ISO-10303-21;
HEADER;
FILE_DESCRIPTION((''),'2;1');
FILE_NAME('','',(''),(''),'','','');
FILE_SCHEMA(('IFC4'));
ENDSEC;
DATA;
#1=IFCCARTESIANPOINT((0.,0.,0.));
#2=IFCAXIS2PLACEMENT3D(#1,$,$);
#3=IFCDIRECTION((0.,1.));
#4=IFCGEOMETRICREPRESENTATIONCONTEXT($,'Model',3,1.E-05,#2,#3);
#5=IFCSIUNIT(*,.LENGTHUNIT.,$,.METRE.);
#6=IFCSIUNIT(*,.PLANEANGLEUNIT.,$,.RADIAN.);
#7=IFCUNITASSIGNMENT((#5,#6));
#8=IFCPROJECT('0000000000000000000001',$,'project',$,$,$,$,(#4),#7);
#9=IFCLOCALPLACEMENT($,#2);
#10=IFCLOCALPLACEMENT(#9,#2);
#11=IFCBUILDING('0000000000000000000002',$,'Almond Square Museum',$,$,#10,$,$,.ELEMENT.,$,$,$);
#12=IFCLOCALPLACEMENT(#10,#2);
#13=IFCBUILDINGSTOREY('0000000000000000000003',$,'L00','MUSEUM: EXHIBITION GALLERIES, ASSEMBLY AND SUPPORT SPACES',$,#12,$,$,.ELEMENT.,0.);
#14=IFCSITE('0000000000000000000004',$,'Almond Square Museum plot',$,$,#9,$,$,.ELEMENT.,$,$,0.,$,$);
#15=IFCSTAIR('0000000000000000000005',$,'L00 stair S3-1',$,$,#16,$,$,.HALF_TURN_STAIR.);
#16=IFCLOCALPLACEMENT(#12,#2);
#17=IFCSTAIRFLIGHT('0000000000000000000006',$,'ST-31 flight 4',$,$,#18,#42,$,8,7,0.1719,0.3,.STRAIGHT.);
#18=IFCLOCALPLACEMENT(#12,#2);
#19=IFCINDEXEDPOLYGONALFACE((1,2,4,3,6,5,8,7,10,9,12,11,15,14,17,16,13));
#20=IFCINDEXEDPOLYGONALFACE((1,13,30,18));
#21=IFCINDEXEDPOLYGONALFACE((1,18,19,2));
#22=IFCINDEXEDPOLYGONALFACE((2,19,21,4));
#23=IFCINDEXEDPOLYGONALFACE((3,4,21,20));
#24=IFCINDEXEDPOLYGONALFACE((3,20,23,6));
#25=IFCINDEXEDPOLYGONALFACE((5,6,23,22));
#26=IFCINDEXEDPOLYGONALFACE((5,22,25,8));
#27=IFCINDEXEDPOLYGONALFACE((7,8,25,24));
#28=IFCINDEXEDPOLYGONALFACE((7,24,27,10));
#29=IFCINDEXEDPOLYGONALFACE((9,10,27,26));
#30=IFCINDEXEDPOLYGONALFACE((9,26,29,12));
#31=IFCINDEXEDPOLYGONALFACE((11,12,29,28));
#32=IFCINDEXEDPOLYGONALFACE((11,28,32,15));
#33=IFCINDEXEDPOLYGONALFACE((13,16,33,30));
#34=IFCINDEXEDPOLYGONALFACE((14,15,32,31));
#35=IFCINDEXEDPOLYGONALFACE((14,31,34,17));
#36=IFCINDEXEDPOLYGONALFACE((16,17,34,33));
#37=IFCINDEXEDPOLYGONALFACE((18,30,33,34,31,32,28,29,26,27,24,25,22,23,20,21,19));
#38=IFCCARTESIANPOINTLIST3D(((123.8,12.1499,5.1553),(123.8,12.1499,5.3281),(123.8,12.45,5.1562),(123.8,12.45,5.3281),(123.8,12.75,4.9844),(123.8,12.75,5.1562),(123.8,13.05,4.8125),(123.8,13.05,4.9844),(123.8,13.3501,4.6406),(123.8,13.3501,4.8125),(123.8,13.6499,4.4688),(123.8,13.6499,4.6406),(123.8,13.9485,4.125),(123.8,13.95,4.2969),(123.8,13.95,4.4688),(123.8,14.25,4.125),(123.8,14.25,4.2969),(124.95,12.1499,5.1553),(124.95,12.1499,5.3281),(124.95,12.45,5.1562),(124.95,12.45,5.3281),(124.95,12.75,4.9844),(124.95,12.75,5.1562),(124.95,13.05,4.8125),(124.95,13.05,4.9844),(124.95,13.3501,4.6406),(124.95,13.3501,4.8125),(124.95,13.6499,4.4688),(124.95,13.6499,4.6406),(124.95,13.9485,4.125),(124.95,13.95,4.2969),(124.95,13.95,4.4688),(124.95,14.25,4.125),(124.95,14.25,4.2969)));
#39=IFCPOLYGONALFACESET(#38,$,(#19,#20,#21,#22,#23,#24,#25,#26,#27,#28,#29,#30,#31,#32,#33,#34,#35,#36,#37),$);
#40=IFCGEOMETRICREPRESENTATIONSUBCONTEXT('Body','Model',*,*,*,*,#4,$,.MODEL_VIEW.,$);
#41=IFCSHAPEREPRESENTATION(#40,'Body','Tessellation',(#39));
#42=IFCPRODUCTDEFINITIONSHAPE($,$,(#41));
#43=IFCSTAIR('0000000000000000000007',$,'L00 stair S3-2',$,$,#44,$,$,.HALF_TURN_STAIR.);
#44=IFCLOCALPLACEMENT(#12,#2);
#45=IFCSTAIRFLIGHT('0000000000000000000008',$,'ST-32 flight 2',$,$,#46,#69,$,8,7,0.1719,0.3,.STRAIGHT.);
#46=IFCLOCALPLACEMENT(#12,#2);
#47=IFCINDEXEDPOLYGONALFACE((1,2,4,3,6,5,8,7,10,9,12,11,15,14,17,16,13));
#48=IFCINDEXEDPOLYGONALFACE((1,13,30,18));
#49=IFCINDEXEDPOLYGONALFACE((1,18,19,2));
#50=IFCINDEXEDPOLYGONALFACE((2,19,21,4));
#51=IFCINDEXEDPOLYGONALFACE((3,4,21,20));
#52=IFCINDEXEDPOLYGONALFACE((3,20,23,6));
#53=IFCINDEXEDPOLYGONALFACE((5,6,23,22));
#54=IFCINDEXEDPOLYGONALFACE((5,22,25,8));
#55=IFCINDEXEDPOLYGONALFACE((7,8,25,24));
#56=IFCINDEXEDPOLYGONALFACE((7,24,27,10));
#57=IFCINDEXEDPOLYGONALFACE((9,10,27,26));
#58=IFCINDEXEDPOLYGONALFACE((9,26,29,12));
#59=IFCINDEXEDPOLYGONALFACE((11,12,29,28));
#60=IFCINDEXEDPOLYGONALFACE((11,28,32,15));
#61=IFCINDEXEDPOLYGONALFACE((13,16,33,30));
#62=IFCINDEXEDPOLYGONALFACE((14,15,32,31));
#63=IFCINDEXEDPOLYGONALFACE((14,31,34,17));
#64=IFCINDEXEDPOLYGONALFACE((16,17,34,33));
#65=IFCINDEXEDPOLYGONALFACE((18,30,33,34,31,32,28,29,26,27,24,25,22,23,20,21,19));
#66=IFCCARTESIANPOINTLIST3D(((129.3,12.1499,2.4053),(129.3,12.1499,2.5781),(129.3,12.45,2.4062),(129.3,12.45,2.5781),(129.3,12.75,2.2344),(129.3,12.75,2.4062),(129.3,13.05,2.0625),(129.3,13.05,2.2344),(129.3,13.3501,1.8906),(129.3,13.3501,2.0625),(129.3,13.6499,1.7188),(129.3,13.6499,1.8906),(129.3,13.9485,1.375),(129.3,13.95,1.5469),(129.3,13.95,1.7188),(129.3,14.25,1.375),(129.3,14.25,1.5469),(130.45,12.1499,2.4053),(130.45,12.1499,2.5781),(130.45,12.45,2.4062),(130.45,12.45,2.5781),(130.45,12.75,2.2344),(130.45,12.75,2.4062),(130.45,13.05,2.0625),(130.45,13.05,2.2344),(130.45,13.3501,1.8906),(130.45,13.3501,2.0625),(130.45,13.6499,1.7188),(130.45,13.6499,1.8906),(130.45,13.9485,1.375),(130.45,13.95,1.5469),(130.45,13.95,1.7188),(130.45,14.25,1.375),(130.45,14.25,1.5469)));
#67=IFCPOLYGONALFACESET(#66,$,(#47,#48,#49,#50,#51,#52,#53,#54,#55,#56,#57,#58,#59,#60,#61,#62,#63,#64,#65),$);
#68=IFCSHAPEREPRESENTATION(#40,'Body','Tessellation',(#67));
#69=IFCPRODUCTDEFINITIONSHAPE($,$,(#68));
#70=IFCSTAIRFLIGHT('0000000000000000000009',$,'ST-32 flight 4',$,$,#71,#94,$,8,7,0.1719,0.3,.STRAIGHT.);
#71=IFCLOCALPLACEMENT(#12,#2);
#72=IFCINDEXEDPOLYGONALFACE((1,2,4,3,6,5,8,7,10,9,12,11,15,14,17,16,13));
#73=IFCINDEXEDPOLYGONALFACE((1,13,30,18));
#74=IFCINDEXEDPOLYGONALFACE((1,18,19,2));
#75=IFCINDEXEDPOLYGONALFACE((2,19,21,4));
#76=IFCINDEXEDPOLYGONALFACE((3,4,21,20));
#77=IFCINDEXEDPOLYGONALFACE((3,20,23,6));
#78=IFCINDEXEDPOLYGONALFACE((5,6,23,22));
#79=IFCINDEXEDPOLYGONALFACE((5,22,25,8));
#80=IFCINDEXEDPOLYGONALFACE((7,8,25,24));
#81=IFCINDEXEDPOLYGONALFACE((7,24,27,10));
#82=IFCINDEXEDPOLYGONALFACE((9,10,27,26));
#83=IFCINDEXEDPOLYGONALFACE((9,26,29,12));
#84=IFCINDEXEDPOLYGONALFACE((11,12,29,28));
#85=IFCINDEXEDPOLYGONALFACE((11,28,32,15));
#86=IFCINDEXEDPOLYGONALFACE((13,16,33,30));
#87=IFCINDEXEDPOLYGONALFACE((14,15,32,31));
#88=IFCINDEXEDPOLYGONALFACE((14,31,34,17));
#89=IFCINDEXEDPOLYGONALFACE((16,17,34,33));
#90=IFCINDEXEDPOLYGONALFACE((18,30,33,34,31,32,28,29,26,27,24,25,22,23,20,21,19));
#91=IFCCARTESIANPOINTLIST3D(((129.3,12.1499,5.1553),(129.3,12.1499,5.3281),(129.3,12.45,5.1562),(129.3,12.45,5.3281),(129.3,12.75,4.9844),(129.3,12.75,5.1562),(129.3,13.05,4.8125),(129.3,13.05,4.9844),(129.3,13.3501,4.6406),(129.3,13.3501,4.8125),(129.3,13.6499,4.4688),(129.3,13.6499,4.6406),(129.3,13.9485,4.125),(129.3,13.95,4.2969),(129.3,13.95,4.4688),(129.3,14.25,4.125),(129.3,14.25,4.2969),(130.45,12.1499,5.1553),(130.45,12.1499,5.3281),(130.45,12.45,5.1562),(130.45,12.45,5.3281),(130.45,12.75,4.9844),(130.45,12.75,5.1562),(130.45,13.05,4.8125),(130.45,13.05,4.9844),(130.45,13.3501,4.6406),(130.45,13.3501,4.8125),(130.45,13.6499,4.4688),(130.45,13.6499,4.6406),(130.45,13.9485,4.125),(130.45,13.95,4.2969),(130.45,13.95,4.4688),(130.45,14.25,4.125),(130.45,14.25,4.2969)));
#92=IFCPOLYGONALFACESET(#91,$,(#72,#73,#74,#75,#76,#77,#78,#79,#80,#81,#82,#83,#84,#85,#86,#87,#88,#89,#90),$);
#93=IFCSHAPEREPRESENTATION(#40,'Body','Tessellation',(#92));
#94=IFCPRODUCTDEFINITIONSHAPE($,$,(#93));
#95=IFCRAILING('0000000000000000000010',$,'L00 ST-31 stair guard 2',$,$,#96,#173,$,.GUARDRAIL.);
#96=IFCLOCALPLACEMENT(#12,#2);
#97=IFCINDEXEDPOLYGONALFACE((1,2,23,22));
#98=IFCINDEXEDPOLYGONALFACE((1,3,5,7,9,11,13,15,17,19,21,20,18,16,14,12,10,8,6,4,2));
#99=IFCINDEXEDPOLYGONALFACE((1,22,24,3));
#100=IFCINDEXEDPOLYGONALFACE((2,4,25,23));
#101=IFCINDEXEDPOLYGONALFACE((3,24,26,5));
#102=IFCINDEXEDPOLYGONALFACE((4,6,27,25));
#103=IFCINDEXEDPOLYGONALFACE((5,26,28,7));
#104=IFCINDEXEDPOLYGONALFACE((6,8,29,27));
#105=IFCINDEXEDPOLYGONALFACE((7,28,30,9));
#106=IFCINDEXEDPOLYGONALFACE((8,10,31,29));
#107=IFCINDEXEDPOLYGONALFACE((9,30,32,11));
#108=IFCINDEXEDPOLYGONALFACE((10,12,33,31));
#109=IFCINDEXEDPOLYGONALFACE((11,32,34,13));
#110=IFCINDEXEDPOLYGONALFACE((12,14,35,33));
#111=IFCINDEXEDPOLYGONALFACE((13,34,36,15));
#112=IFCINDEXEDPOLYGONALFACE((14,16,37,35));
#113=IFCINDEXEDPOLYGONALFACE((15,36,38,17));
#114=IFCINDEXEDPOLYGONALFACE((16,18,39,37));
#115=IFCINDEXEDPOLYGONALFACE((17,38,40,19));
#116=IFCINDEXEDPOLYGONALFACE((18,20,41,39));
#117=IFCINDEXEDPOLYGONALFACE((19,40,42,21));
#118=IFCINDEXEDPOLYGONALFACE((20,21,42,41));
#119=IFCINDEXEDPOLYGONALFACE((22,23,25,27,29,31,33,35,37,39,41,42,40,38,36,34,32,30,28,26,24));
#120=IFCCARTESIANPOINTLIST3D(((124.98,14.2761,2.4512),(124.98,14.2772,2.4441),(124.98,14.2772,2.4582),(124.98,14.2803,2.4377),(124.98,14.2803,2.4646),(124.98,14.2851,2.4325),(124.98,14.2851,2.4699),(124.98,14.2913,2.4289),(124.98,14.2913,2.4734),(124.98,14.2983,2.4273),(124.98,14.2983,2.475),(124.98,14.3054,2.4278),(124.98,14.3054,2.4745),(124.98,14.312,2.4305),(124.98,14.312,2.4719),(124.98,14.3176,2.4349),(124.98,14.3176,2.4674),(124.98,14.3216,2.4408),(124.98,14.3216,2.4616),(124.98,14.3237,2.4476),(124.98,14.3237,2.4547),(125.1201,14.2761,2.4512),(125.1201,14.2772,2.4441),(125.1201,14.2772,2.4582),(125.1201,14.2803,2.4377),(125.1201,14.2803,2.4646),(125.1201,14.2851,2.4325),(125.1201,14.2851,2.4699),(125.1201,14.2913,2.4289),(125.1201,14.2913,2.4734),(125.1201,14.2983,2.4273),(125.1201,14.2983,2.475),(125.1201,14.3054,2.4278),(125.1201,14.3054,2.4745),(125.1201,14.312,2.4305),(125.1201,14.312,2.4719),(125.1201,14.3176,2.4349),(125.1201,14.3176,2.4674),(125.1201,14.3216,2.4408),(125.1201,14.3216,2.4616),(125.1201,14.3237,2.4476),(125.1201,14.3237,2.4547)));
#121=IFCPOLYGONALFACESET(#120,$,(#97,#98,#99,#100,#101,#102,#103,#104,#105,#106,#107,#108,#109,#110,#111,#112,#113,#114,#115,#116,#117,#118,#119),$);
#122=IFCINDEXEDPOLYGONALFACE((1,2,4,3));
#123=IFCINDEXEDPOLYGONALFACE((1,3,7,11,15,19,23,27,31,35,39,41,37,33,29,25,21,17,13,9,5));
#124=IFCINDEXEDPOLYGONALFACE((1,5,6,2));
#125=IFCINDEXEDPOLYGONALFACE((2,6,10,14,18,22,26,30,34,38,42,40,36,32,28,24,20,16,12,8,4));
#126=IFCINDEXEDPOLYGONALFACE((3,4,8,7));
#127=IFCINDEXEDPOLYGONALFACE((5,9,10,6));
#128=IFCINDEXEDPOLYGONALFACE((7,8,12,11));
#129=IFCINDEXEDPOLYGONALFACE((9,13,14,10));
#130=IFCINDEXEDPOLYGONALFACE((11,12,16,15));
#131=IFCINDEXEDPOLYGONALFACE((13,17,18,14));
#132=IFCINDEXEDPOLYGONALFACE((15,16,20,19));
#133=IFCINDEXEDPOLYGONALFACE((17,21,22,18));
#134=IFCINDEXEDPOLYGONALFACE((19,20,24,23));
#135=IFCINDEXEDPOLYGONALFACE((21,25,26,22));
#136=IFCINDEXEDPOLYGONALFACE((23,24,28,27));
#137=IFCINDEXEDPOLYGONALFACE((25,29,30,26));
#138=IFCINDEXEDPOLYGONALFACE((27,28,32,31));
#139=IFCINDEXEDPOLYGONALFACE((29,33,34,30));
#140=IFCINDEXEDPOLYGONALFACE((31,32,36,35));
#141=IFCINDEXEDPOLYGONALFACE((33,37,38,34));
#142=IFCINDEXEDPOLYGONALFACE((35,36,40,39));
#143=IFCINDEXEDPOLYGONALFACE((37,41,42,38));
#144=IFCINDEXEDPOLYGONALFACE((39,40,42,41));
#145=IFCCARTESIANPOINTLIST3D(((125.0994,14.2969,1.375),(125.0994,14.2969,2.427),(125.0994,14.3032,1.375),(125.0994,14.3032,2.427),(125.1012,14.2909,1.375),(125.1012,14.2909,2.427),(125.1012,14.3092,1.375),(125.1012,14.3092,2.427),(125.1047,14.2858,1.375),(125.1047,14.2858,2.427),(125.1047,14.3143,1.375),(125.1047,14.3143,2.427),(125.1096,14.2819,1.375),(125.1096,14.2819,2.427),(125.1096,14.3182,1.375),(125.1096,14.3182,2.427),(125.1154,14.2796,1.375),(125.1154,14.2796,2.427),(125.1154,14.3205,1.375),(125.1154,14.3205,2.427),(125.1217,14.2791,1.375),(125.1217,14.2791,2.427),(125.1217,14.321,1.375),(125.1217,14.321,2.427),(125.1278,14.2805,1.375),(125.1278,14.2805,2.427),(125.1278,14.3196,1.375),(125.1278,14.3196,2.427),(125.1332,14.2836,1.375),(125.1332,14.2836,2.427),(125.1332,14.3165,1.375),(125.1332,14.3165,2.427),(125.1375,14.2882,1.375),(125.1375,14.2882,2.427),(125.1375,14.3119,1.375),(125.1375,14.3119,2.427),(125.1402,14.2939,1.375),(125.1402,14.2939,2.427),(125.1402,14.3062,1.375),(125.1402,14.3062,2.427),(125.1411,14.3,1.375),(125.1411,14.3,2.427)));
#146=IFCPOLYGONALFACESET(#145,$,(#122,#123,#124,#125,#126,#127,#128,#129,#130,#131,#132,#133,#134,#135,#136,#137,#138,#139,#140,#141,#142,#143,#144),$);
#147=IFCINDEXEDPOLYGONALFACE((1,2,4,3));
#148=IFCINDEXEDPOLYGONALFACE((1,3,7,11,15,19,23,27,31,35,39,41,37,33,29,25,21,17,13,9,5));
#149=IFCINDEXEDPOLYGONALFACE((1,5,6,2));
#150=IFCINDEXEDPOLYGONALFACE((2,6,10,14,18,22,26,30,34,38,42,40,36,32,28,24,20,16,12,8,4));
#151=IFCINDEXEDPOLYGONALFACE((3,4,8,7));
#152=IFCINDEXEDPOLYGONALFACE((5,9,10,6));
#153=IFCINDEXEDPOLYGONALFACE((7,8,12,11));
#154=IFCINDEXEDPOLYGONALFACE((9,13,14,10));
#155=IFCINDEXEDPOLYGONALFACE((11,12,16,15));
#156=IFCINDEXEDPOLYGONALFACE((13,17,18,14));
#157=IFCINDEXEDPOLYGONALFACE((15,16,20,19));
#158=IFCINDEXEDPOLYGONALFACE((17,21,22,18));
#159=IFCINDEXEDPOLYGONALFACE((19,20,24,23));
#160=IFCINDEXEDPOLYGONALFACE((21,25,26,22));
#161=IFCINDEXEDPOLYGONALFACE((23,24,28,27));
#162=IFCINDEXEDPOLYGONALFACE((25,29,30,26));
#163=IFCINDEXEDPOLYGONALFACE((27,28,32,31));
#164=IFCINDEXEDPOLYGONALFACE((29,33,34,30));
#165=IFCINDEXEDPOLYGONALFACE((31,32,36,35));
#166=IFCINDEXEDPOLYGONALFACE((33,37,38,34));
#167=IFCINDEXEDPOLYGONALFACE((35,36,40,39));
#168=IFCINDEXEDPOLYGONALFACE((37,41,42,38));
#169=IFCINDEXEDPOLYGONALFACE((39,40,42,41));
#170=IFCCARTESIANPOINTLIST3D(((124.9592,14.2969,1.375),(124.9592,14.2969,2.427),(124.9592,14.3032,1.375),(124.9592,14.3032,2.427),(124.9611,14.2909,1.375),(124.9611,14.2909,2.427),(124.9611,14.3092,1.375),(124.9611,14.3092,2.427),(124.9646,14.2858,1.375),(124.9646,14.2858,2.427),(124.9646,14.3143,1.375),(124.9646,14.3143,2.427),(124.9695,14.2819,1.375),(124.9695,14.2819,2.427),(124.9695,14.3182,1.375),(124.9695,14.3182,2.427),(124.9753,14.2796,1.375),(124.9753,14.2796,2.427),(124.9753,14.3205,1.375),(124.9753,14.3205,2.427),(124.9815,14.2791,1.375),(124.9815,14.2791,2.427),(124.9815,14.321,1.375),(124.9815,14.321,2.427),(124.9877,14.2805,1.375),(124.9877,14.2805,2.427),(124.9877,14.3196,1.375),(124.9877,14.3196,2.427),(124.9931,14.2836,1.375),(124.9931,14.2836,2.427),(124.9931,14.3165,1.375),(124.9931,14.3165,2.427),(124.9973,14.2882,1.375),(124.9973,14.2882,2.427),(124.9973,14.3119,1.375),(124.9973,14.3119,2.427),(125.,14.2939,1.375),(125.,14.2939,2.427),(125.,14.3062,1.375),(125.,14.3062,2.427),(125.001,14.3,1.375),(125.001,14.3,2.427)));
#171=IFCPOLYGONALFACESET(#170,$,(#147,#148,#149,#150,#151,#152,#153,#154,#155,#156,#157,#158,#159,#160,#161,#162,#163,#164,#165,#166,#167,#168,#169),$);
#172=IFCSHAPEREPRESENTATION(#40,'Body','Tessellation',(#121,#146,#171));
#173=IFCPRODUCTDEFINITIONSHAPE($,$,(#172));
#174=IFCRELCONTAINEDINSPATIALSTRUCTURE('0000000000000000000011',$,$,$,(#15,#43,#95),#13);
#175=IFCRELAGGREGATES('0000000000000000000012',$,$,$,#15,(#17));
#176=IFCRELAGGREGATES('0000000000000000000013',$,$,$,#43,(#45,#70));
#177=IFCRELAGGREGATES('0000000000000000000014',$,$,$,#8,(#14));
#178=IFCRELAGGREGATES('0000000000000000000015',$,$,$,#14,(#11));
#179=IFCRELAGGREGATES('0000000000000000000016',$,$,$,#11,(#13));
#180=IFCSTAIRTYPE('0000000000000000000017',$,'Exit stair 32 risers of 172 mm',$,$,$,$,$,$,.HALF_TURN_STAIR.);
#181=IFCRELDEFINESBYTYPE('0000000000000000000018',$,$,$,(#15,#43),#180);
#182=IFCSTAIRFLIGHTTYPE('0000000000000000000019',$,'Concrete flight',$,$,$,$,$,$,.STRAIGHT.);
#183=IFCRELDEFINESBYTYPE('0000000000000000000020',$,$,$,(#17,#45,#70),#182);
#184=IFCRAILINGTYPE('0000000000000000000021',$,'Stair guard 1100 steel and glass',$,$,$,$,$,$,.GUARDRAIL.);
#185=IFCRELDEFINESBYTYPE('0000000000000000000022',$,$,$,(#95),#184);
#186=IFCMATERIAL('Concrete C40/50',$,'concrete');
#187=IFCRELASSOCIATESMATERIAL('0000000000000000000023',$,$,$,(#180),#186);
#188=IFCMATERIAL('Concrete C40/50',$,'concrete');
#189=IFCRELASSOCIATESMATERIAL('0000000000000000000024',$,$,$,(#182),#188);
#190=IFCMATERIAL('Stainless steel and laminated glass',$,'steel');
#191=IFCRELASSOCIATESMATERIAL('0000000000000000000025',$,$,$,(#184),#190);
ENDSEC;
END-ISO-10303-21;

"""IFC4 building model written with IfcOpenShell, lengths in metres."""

from ifc_helpers import new_model, si_unit, direction, frame, origin, origin_2d, place, context, subcontext, project, spatial, polyline, circle, outline, extrude, material, type_object, element, aggregate, save


model = new_model("IFC4")

# Units and contexts
model_context = context("Model", 3, precision=1e-05, world=origin(), true_north=direction((0.0, 1.0)))
body_context = subcontext(model_context, "Body", "Model", "MODEL_VIEW")
ifc_project = project(units=[si_unit("LENGTHUNIT", "METRE"), si_unit("PLANEANGLEUNIT", "RADIAN")], contexts=[model_context])

# Site, building, storey
site_placement = place(None, origin())
site = spatial("IfcSite", under=ifc_project, at=site_placement, Name="Almond Square Museum plot", CompositionType="ELEMENT", RefElevation=0.0)
building_placement = place(site_placement, origin())
building = spatial("IfcBuilding", under=site, at=building_placement, Name="Almond Square Museum", CompositionType="ELEMENT")
storey_placement = place(building_placement, origin())
storey = spatial("IfcBuildingStorey", under=building, at=storey_placement, Name="L00", Description="MUSEUM: EXHIBITION GALLERIES, ASSEMBLY AND SUPPORT SPACES", CompositionType="ELEMENT", Elevation=0.0)

# Stairs, stair flights
ifc_material_1 = material(Name="Concrete C40/50", Category="concrete")
stair_type = type_object("IfcStairType", Name="Exit stair 32 risers of 172 mm", PredefinedType="HALF_TURN_STAIR", material=ifc_material_1)
stair_1_placement = place(storey_placement, origin())
stair_1 = element("IfcStair", 1, at=stair_1_placement, inside=storey, type_object=stair_type, Name="L00 stair S3-1", PredefinedType="HALF_TURN_STAIR")
ifc_material_2 = material(Name="Concrete C40/50", Category="concrete")
stair_flight_type = type_object("IfcStairFlightType", Name="Concrete flight", PredefinedType="STRAIGHT", material=ifc_material_2)
stair_flight_1_placement = place(storey_placement, frame((124.375, 14.25, 4.125), z_axis=(0.0, 0.0, 1.0), x_axis=(0.0, -1.0, 0.0)))
stair_flight_1 = element("IfcStairFlight", 2, at=stair_flight_1_placement, type_object=stair_flight_type, Name="ST-31 flight 4", NumberOfRisers=8, NumberOfTreads=7, PredefinedType="STRAIGHT", RiserHeight=0.1719, TreadLength=0.3, context=body_context, shape_type="SweptSolid", body=[
    extrude(outline(polyline([(0.0, 0.0), (0.0, 0.1719), (0.3, 0.1719), (0.3, 0.3438), (0.6001, 0.3438), (0.6001, 0.5156), (0.8999, 0.5156), (0.8999, 0.6875), (1.2, 0.6875), (1.2, 0.8594), (1.5, 0.8594), (1.5, 1.0312), (1.8, 1.0312), (1.8, 1.2031), (2.1001, 1.2031), (2.1001, 1.375), (2.1001, 1.0303), (0.3015, 0.0), (0.0, 0.0)])), frame((0.0, 0.575, 0.0), z_axis=(0.0, -1.0, 0.0), x_axis=(1.0, 0.0, 0.0)), (0.0, 0.0, 1.0), 1.1499),
])
aggregate(stair_1, [stair_flight_1])
stair_2_placement = place(storey_placement, origin())
stair_2 = element("IfcStair", 3, at=stair_2_placement, inside=storey, type_object=stair_type, Name="L00 stair S3-2", PredefinedType="HALF_TURN_STAIR")
stair_flight_2_placement = place(storey_placement, frame((129.875, 14.25, 1.375), z_axis=(0.0, 0.0, 1.0), x_axis=(0.0, -1.0, 0.0)))
stair_flight_2 = element("IfcStairFlight", 4, at=stair_flight_2_placement, type_object=stair_flight_type, Name="ST-32 flight 2", NumberOfRisers=8, NumberOfTreads=7, PredefinedType="STRAIGHT", RiserHeight=0.1719, TreadLength=0.3, context=body_context, shape_type="SweptSolid", body=[
    extrude(outline(polyline([(0.0, 0.0), (0.0, 0.1719), (0.3, 0.1719), (0.3, 0.3438), (0.6001, 0.3438), (0.6001, 0.5156), (0.8999, 0.5156), (0.8999, 0.6875), (1.2, 0.6875), (1.2, 0.8594), (1.5, 0.8594), (1.5, 1.0312), (1.8, 1.0312), (1.8, 1.2031), (2.1001, 1.2031), (2.1001, 1.375), (2.1001, 1.0303), (0.3015, 0.0), (0.0, 0.0)])), frame((0.0, 0.575, 0.0), z_axis=(0.0, -1.0, 0.0), x_axis=(1.0, 0.0, 0.0)), (0.0, 0.0, 1.0), 1.1499),
])
stair_flight_3_placement = place(storey_placement, frame((129.875, 14.25, 4.125), z_axis=(0.0, 0.0, 1.0), x_axis=(0.0, -1.0, 0.0)))
stair_flight_3 = element("IfcStairFlight", 5, at=stair_flight_3_placement, type_object=stair_flight_type, Name="ST-32 flight 4", NumberOfRisers=8, NumberOfTreads=7, PredefinedType="STRAIGHT", RiserHeight=0.1719, TreadLength=0.3, context=body_context, shape_type="SweptSolid", body=[
    extrude(outline(polyline([(0.0, 0.0), (0.0, 0.1719), (0.3, 0.1719), (0.3, 0.3438), (0.6001, 0.3438), (0.6001, 0.5156), (0.8999, 0.5156), (0.8999, 0.6875), (1.2, 0.6875), (1.2, 0.8594), (1.5, 0.8594), (1.5, 1.0312), (1.8, 1.0312), (1.8, 1.2031), (2.1001, 1.2031), (2.1001, 1.375), (2.1001, 1.0303), (0.3015, 0.0), (0.0, 0.0)])), frame((0.0, 0.575, 0.0), z_axis=(0.0, -1.0, 0.0), x_axis=(1.0, 0.0, 0.0)), (0.0, 0.0, 1.0), 1.1499),
])
aggregate(stair_2, [stair_flight_2, stair_flight_3])

# Railing
ifc_material_3 = material(Name="Stainless steel and laminated glass", Category="steel")
railing_type_1 = type_object("IfcRailingType", Name="Stair guard 1100 steel and glass", PredefinedType="GUARDRAIL", material=ifc_material_3)
railing_1_placement = place(storey_placement, frame((125.1201, 14.3, 1.375)))
element("IfcRailing", 6, at=railing_1_placement, inside=storey, type_object=railing_type_1, Name="L00 ST-31 stair guard 2", PredefinedType="GUARDRAIL", context=body_context, shape_type="SweptSolid", body=[
    extrude(circle(Radius=0.0239, at=origin_2d()), frame((0.0, 0.0, 1.0762), z_axis=(-1.0, 0.0, 0.0), x_axis=(0.0, -1.0, 0.0)), (0.0, 0.0, 1.0), 0.1401),
    extrude(circle(Radius=0.021, at=origin_2d()), origin(), (0.0, 0.0, 1.0), 1.052),
    extrude(circle(Radius=0.021, at=origin_2d()), frame((-0.1401, 0.0, 0.0)), (0.0, 0.0, 1.0), 1.052),
])

save(model, "model.ifc")
